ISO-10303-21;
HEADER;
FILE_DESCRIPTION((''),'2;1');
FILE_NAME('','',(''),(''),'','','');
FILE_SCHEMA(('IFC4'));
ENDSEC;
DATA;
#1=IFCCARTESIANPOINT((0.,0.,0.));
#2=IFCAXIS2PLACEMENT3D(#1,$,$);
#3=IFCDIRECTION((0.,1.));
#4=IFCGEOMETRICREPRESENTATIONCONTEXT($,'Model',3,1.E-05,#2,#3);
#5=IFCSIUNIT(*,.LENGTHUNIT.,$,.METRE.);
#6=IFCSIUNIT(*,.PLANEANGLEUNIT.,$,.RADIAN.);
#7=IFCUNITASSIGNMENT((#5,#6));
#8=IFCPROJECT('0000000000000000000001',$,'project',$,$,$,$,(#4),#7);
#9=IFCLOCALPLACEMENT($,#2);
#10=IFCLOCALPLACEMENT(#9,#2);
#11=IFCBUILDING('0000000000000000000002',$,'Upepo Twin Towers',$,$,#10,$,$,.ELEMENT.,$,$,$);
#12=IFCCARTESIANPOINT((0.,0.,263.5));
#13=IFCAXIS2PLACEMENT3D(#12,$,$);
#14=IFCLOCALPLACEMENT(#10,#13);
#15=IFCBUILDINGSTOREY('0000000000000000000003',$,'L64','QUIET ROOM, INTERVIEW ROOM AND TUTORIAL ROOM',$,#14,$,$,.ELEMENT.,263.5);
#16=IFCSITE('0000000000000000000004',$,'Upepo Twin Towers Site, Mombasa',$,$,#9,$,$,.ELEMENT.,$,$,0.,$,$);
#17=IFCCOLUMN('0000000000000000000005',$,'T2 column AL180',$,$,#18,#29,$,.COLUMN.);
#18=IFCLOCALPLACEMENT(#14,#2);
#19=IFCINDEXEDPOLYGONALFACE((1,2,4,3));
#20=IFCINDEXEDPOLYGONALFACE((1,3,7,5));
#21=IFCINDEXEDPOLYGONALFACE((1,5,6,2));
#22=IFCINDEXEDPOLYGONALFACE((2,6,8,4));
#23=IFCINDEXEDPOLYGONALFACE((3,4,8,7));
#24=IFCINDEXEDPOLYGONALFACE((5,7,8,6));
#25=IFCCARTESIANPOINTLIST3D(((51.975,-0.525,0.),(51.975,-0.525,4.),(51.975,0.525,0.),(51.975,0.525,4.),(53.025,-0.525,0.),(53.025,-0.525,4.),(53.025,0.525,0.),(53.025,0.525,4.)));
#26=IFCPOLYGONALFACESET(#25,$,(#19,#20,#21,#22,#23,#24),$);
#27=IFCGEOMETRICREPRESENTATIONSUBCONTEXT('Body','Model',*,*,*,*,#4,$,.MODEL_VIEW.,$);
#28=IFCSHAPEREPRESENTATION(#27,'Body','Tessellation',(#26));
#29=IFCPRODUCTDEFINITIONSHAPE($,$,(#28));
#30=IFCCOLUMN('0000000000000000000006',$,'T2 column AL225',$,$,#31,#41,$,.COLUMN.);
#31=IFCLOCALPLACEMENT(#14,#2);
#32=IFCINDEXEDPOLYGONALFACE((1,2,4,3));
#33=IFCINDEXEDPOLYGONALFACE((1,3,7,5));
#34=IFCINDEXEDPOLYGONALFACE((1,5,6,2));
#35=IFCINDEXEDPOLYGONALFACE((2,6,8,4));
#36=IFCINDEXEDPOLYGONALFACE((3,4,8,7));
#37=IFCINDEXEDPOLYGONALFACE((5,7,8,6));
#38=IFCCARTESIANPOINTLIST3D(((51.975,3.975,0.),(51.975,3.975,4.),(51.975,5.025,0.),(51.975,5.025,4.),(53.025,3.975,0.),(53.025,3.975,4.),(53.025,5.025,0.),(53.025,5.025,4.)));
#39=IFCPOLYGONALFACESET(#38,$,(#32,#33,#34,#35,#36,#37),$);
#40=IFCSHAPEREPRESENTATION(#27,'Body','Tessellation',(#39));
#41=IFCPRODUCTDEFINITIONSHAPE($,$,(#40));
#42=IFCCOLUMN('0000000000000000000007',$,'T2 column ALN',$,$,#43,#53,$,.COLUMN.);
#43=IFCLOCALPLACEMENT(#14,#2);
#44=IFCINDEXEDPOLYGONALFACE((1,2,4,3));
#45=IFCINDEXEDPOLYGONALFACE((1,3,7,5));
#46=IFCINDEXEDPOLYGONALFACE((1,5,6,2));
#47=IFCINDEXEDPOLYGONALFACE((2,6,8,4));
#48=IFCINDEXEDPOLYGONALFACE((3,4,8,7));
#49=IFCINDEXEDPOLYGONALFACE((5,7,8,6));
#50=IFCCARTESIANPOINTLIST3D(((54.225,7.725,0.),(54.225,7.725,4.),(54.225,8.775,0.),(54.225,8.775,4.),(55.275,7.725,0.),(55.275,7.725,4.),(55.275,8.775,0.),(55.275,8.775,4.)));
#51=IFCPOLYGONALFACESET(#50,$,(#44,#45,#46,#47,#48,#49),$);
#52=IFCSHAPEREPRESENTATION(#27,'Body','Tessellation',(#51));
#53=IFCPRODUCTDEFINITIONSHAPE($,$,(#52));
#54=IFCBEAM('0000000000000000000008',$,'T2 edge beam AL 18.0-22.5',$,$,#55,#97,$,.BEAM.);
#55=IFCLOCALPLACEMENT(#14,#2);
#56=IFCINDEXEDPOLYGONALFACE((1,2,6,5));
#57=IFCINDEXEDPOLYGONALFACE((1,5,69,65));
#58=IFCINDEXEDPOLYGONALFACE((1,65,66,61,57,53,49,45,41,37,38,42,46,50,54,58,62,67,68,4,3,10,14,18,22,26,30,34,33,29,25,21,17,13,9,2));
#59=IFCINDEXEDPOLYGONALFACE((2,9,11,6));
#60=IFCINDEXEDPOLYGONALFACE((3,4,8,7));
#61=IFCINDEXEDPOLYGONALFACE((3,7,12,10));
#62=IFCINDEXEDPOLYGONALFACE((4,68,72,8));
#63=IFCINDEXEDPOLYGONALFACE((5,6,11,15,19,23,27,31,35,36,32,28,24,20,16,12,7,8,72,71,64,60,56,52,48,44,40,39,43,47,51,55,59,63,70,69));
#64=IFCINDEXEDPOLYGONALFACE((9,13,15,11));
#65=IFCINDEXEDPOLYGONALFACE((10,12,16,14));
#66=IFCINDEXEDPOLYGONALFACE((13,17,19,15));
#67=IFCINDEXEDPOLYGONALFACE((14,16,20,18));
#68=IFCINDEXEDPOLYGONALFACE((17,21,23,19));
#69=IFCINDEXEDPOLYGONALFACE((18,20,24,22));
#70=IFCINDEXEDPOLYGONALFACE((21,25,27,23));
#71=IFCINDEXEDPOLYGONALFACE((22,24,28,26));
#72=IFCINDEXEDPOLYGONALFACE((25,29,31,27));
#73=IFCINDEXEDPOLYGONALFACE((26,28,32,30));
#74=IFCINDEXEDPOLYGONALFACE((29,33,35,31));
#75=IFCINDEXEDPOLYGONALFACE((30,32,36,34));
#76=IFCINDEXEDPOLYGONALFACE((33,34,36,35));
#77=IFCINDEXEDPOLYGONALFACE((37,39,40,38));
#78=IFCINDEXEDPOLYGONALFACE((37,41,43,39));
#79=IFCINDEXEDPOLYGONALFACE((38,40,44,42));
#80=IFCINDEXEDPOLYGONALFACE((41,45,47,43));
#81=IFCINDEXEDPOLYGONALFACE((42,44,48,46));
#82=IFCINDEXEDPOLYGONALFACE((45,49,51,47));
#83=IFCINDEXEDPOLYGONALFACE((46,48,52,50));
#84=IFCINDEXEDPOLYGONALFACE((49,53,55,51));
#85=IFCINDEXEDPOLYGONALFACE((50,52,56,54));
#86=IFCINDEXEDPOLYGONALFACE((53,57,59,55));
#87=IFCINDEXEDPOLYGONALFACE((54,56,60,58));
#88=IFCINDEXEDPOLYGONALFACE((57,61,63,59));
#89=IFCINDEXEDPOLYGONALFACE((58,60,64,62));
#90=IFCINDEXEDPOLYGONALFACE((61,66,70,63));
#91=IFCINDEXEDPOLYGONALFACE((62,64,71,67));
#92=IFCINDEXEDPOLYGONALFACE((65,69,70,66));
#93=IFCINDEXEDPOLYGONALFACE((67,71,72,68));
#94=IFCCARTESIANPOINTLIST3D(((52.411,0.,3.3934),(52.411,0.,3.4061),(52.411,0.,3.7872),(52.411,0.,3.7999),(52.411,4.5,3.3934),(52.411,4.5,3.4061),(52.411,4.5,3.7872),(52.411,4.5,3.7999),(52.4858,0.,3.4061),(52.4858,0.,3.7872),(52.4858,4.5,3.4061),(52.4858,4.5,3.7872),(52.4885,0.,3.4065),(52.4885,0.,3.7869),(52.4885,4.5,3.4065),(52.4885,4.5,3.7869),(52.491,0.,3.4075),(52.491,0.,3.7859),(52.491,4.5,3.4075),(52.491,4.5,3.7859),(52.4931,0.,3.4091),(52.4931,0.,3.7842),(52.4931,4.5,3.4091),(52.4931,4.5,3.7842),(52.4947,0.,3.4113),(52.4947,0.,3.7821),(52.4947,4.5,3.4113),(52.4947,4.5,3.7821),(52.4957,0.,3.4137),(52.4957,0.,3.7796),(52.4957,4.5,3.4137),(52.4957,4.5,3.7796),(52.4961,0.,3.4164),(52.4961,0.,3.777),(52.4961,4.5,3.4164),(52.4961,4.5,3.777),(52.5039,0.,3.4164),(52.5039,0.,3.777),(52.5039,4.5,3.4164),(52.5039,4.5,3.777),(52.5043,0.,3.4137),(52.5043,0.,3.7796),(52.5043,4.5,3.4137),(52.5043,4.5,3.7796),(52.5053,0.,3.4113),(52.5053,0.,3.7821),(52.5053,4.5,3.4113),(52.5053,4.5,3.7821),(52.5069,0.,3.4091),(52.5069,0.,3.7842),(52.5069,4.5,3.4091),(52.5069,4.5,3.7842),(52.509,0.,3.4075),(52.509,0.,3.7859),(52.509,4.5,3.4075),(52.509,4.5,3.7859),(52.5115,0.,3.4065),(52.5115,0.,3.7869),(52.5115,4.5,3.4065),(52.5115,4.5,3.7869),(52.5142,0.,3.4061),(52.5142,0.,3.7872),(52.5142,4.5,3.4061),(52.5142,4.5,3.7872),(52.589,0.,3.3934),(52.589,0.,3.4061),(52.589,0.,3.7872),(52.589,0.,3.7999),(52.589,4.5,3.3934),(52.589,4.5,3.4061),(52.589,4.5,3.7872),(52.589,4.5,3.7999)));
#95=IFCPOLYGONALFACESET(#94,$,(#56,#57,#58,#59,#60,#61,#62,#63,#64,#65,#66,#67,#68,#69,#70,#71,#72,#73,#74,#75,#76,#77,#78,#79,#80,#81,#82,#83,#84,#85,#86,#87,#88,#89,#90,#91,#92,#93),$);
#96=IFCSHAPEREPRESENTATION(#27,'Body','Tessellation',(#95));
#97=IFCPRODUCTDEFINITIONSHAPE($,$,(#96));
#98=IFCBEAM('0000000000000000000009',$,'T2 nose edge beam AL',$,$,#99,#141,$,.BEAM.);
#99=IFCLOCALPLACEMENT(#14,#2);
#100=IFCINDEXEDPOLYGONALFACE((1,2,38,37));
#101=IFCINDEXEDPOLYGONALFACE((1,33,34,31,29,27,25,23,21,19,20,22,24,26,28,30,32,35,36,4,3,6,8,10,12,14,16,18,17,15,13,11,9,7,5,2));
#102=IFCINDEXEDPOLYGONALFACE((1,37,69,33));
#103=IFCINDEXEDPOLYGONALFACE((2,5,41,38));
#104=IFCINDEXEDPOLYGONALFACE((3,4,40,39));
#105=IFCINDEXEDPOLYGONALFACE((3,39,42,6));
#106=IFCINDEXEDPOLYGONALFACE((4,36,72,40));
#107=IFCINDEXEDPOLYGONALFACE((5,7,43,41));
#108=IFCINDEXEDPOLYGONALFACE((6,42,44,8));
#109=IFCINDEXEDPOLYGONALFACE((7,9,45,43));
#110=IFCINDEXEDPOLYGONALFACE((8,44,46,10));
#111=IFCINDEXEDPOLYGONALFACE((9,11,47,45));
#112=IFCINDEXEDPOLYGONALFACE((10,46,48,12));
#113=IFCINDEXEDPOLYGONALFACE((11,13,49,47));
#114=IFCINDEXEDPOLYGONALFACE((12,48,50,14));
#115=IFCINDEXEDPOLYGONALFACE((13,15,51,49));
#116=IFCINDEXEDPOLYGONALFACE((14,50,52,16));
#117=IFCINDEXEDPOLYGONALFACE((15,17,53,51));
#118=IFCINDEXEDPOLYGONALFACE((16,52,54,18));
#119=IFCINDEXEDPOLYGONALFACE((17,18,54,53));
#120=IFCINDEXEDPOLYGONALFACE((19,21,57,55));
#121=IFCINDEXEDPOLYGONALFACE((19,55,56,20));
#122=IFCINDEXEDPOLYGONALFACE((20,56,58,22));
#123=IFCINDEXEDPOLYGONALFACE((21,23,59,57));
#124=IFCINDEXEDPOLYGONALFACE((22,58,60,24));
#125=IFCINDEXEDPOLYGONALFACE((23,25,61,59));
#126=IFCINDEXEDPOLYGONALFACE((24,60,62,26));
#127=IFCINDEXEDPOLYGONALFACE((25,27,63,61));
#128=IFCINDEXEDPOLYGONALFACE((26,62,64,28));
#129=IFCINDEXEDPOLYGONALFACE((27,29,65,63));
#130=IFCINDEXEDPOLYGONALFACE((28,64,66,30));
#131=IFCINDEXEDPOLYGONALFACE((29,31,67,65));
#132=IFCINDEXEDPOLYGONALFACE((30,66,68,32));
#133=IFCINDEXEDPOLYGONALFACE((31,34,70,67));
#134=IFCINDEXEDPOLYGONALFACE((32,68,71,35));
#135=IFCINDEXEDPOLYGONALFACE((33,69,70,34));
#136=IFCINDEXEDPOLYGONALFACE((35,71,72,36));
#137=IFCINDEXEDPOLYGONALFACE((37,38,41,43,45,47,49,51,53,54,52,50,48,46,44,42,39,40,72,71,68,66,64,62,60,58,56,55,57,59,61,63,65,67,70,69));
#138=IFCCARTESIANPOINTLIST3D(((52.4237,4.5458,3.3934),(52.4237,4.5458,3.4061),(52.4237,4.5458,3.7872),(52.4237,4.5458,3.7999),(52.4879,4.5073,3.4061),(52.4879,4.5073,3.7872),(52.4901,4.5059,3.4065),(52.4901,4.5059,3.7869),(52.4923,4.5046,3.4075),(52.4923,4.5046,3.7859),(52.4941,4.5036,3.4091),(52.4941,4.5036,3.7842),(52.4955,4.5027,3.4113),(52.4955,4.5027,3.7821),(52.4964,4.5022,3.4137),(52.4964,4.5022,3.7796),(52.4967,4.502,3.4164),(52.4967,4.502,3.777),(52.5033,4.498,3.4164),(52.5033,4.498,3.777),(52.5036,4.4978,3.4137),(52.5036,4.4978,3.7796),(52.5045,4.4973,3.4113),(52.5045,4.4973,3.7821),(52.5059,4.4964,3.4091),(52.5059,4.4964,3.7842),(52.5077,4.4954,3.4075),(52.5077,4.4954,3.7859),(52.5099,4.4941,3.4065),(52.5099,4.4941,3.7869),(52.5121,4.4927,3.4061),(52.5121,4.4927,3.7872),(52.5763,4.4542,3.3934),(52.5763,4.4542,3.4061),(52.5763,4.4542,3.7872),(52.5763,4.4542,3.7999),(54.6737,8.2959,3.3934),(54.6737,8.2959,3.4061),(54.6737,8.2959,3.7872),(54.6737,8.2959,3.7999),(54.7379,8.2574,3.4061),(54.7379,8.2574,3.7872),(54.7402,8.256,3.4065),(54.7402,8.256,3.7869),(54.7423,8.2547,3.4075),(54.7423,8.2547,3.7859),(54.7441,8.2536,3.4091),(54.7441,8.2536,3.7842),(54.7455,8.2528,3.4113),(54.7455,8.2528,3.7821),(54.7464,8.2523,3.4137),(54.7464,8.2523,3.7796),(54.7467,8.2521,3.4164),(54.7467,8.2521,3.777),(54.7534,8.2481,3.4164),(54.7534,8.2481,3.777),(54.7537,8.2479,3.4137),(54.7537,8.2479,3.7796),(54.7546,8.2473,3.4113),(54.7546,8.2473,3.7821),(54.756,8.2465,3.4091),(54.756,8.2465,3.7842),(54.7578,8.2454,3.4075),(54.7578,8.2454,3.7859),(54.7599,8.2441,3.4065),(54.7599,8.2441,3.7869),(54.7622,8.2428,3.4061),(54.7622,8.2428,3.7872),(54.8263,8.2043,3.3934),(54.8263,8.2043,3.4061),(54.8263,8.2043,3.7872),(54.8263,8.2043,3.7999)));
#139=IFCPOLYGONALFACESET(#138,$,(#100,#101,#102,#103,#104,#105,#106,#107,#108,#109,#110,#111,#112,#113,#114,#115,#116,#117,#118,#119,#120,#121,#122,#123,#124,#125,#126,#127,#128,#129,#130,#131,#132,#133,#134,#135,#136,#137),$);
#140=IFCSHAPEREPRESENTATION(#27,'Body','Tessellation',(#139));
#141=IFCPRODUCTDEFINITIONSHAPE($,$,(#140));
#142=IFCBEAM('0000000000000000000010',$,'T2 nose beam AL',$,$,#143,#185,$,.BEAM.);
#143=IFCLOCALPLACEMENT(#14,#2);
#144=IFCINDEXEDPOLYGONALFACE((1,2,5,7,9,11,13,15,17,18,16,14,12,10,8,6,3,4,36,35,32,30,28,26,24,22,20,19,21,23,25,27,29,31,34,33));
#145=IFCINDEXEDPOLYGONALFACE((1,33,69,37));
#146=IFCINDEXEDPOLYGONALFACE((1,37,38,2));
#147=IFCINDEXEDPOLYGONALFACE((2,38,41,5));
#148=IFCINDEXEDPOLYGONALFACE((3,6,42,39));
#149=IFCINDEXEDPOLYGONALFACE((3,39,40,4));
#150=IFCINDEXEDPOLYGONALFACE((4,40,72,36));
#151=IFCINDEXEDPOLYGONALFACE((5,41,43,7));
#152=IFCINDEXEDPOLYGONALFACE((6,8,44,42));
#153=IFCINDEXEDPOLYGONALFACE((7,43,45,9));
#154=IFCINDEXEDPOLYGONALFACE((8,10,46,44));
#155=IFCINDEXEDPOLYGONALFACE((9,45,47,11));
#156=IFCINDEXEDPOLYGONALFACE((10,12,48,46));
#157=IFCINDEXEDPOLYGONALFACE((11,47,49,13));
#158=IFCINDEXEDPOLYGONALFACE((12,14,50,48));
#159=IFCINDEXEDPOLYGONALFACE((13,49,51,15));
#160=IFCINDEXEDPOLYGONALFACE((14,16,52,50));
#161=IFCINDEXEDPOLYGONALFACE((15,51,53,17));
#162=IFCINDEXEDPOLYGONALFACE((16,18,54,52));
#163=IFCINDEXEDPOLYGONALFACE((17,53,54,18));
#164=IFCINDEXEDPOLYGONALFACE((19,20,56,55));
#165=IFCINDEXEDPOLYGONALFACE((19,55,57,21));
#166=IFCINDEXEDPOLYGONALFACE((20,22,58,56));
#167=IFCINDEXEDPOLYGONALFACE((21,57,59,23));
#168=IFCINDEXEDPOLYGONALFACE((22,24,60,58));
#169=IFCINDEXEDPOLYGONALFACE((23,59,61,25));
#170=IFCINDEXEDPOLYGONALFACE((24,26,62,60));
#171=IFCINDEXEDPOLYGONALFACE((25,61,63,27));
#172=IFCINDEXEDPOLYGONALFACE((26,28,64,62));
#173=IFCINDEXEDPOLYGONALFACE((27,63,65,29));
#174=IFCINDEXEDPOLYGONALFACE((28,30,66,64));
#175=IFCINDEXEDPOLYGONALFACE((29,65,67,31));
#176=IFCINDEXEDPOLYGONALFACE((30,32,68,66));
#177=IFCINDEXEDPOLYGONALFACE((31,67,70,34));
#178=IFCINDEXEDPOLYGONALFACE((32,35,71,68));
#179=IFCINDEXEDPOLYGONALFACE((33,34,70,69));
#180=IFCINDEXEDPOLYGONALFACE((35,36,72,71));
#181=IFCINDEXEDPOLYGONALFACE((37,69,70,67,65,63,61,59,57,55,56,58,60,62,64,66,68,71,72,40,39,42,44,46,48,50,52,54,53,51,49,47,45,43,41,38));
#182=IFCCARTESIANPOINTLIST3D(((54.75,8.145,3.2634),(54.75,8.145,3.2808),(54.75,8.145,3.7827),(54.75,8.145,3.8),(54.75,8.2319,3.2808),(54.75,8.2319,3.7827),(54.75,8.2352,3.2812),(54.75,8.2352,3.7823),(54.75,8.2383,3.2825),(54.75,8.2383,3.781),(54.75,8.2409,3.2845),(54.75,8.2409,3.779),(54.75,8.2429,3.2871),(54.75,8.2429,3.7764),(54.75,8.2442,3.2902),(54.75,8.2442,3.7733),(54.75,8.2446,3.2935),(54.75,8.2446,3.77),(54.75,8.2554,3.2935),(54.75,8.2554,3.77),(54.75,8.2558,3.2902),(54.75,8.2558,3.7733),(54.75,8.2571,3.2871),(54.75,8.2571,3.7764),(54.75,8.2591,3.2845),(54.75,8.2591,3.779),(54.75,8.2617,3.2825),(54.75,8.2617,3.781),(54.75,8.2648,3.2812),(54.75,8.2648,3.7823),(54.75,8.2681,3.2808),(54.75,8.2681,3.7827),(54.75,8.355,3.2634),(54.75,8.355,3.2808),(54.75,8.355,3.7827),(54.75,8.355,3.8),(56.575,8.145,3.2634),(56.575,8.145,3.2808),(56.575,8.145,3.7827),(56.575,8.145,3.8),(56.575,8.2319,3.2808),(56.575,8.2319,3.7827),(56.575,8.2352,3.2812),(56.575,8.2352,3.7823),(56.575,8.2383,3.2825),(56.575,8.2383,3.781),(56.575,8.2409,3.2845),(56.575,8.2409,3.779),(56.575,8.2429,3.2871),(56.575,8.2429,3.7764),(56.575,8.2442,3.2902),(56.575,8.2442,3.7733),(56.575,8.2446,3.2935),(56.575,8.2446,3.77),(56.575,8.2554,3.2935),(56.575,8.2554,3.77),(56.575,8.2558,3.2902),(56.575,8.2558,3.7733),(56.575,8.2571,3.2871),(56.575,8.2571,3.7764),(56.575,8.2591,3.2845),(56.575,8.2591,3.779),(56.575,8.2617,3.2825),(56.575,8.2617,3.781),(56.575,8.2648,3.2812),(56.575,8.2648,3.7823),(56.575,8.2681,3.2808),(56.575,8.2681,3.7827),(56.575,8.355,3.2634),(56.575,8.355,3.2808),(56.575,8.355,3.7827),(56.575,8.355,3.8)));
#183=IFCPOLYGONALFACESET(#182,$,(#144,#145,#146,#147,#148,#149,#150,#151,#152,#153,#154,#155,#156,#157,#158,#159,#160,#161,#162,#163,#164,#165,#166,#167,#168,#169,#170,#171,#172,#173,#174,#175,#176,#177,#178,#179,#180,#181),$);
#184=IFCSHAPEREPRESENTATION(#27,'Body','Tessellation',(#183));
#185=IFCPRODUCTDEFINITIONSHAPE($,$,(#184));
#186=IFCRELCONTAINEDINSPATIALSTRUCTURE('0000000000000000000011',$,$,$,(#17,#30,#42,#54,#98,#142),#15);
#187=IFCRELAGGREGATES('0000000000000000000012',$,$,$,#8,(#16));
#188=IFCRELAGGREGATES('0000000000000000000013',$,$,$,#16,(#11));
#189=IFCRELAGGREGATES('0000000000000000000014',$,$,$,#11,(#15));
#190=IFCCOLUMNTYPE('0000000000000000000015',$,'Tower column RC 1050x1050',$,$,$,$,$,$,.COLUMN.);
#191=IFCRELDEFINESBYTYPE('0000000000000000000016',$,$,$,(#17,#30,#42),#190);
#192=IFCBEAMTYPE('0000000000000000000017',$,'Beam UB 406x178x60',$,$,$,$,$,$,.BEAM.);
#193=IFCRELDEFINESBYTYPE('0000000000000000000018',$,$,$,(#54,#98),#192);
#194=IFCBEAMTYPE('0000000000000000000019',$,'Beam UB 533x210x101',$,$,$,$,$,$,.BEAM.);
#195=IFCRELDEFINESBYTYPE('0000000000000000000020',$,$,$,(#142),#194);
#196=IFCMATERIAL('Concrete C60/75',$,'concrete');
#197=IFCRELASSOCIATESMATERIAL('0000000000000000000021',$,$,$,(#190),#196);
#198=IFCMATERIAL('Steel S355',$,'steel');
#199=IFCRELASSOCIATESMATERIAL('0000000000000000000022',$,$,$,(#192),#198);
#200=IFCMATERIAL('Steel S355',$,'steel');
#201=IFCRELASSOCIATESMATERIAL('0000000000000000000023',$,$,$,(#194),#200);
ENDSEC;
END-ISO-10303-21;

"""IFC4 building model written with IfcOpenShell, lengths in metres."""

from ifc_helpers import new_model, si_unit, direction, frame, origin, origin_2d, place, context, subcontext, project, spatial, rectangle, i_section, extrude, material, material_profile, profile_set, type_object, element, save


model = new_model("IFC4")

# Units and contexts
model_context = context("Model", 3, precision=1e-05, world=origin(), true_north=direction((0.0, 1.0)))
body_context = subcontext(model_context, "Body", "Model", "MODEL_VIEW")
ifc_project = project(units=[si_unit("LENGTHUNIT", "METRE"), si_unit("PLANEANGLEUNIT", "RADIAN")], contexts=[model_context])

# Site, building, storey
site_placement = place(None, origin())
site = spatial("IfcSite", under=ifc_project, at=site_placement, Name="Upepo Twin Towers Site, Mombasa", CompositionType="ELEMENT", RefElevation=0.0)
building_placement = place(site_placement, origin())
building = spatial("IfcBuilding", under=site, at=building_placement, Name="Upepo Twin Towers", CompositionType="ELEMENT")
storey_placement = place(building_placement, frame((0.0, 0.0, 263.5)))
storey = spatial("IfcBuildingStorey", under=building, at=storey_placement, Name="L64", Description="QUIET ROOM, INTERVIEW ROOM AND TUTORIAL ROOM", CompositionType="ELEMENT", Elevation=263.5)

# Columns
ifc_material_1 = material(Name="Concrete C60/75", Category="concrete")
ifc_material_profile_1 = material_profile(ifc_material_1, rectangle(XDim=1.05, YDim=1.05, at=origin_2d()), Name="RC 1050x1050")
ifc_profile_set_1 = profile_set([ifc_material_profile_1], Name="Concrete C60/75")
column_type = type_object("IfcColumnType", Name="Tower column RC 1050x1050", PredefinedType="COLUMN", material=ifc_profile_set_1)
for number, where, z_axis, x_axis, name in (
    (1, (52.5, 0.0, 0.0), (0.0, 0.0, 1.0), (1.0, 0.0, 0.0), "T2 column AL180"),
    (2, (52.5, 4.5, 0.0), (0.0, 0.0, 1.0), (1.0, 0.0, 0.0), "T2 column AL225"),
    (3, (54.75, 8.25, 0.0), (0.0, 0.0, 1.0), (1.0, 0.0, 0.0), "T2 column ALN"),
):
    element("IfcColumn", number, at=place(storey_placement, frame(where, z_axis=z_axis, x_axis=x_axis)), inside=storey, type_object=column_type, Name=name, PredefinedType="COLUMN", context=body_context, shape_type="SweptSolid", body=[
        extrude(rectangle(XDim=1.05, YDim=1.05, at=origin_2d()), origin(), (0.0, 0.0, 1.0), 4.0),
    ])

# Beams
ifc_material_2 = material(Name="Steel S355", Category="steel")
ifc_material_profile_2 = material_profile(ifc_material_2, i_section(OverallWidth=0.178, OverallDepth=0.4065, WebThickness=0.0078, FlangeThickness=0.0127, FilletRadius=0.0103, at=origin_2d()), Name="UB 406x178x60")
ifc_profile_set_2 = profile_set([ifc_material_profile_2], Name="Steel S355")
beam_type_1 = type_object("IfcBeamType", Name="Beam UB 406x178x60", PredefinedType="BEAM", material=ifc_profile_set_2)
beam_1_placement = place(storey_placement, frame((52.5, 0.0, 3.5967), z_axis=(0.0, 1.0, 0.0), x_axis=(-1.0, 0.0, 0.0)))
element("IfcBeam", 4, at=beam_1_placement, inside=storey, type_object=beam_type_1, Name="T2 edge beam AL 18.0-22.5", PredefinedType="BEAM", context=body_context, shape_type="SweptSolid", body=[
    extrude(i_section(OverallWidth=0.178, OverallDepth=0.4065, WebThickness=0.0078, FlangeThickness=0.0127, FilletRadius=0.0103, at=origin_2d()), origin(), (0.0, 0.0, 1.0), 4.5),
])
beam_2_placement = place(storey_placement, frame((52.5, 4.5, 3.5967), z_axis=(0.514496, 0.857493, 0.0), x_axis=(-0.857493, 0.514496, 0.0)))
element("IfcBeam", 5, at=beam_2_placement, inside=storey, type_object=beam_type_1, Name="T2 nose edge beam AL", PredefinedType="BEAM", context=body_context, shape_type="SweptSolid", body=[
    extrude(i_section(OverallWidth=0.178, OverallDepth=0.4065, WebThickness=0.0078, FlangeThickness=0.0127, FilletRadius=0.0103, at=origin_2d()), origin(), (0.0, 0.0, 1.0), 4.3733),
])
ifc_material_3 = material(Name="Steel S355", Category="steel")
ifc_material_profile_3 = material_profile(ifc_material_3, i_section(OverallWidth=0.21, OverallDepth=0.5366, WebThickness=0.0107, FlangeThickness=0.0173, FilletRadius=0.0127, at=origin_2d()), Name="UB 533x210x101")
ifc_profile_set_3 = profile_set([ifc_material_profile_3], Name="Steel S355")
beam_type_2 = type_object("IfcBeamType", Name="Beam UB 533x210x101", PredefinedType="BEAM", material=ifc_profile_set_3)
beam_3_placement = place(storey_placement, frame((54.75, 8.25, 3.5317), z_axis=(1.0, 0.0, 0.0), x_axis=(0.0, 1.0, 0.0)))
element("IfcBeam", 6, at=beam_3_placement, inside=storey, type_object=beam_type_2, Name="T2 nose beam AL", PredefinedType="BEAM", context=body_context, shape_type="SweptSolid", body=[
    extrude(i_section(OverallWidth=0.21, OverallDepth=0.5366, WebThickness=0.0107, FlangeThickness=0.0173, FilletRadius=0.0127, at=origin_2d()), origin(), (0.0, 0.0, 1.0), 1.825),
])

save(model, "model.ifc")
